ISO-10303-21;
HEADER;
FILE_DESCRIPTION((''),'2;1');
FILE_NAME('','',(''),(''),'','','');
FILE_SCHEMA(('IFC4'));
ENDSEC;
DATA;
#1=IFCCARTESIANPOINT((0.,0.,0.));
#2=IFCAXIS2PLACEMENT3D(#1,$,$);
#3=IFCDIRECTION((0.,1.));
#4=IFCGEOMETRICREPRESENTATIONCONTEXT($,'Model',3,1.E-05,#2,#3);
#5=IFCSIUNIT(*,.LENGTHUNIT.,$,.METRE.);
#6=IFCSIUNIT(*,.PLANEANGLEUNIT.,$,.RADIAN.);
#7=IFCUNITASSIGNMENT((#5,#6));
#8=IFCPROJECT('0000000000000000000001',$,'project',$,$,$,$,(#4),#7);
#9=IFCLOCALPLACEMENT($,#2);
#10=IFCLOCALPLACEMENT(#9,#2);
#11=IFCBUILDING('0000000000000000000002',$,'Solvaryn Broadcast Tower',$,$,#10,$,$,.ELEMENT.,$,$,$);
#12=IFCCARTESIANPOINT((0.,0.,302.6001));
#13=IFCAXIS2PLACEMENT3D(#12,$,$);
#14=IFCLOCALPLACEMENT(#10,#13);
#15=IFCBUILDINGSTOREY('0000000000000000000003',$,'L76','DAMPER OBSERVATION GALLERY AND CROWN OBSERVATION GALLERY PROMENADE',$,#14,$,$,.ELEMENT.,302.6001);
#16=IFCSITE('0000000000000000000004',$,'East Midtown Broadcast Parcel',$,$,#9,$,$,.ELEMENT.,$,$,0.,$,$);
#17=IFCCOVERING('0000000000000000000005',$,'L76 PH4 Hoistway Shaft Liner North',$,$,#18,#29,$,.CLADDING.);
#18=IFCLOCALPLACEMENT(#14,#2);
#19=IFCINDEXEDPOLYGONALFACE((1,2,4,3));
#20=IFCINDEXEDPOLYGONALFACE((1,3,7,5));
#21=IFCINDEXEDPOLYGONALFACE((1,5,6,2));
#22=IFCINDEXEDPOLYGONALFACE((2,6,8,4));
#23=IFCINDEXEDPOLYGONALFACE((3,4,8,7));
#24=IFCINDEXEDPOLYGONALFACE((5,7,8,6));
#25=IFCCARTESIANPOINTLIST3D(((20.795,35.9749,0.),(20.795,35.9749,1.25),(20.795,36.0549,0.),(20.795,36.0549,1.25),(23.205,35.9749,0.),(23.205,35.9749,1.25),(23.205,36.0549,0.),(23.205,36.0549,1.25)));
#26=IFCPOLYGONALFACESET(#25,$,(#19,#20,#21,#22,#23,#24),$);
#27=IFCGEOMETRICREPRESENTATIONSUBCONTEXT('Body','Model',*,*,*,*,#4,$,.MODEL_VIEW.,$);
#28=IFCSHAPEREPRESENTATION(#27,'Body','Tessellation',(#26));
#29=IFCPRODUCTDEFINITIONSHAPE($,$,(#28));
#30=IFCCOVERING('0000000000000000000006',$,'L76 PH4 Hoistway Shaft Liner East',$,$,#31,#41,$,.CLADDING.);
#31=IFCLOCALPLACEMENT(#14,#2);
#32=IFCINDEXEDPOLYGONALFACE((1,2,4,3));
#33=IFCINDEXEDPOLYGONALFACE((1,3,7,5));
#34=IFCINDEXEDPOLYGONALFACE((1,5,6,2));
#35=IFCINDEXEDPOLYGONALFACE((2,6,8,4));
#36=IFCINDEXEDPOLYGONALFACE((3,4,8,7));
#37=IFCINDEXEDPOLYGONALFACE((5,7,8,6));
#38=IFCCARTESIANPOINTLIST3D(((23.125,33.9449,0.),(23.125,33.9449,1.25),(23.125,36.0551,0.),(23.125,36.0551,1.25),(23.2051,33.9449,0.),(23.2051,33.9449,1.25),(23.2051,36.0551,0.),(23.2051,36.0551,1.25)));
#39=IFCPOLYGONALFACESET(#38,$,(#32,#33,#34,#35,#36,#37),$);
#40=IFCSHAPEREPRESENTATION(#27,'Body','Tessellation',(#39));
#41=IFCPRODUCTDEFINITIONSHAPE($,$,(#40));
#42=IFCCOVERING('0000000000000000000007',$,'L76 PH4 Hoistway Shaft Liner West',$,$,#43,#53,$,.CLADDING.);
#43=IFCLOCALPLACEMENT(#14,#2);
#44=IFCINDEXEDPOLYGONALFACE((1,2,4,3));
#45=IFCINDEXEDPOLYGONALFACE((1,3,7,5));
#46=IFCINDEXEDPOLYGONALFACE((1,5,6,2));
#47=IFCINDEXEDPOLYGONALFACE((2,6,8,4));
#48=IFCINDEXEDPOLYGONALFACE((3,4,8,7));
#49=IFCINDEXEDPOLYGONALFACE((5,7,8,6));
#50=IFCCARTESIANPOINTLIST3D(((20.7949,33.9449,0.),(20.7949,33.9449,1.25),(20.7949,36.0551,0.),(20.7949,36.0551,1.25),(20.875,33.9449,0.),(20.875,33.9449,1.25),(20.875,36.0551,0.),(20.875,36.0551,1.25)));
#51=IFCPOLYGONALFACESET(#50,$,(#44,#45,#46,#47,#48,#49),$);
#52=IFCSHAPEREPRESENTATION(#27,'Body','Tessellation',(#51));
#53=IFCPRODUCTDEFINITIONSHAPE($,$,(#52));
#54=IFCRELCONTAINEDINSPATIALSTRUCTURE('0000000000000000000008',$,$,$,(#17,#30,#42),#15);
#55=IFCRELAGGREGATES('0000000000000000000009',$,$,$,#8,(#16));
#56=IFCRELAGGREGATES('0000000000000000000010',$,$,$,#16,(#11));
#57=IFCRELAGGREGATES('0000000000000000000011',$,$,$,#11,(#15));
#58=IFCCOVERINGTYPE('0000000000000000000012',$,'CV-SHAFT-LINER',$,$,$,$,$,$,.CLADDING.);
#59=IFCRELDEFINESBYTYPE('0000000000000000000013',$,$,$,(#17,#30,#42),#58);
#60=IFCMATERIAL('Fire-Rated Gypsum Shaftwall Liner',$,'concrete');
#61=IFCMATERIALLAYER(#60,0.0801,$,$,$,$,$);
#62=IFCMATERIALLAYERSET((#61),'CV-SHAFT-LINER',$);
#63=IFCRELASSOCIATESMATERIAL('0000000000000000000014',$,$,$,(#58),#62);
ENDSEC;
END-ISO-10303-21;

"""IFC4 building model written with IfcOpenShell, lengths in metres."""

from ifc_helpers import new_model, si_unit, direction, frame, origin, origin_2d, place, context, subcontext, project, spatial, rectangle, extrude, material, layer, layer_set, type_object, element, save


model = new_model("IFC4")

# Units and contexts
model_context = context("Model", 3, precision=1e-05, world=origin(), true_north=direction((0.0, 1.0)))
body_context = subcontext(model_context, "Body", "Model", "MODEL_VIEW")
ifc_project = project(units=[si_unit("LENGTHUNIT", "METRE"), si_unit("PLANEANGLEUNIT", "RADIAN")], contexts=[model_context])

# Site, building, storey
site_placement = place(None, origin())
site = spatial("IfcSite", under=ifc_project, at=site_placement, Name="East Midtown Broadcast Parcel", CompositionType="ELEMENT", RefElevation=0.0)
building_placement = place(site_placement, origin())
building = spatial("IfcBuilding", under=site, at=building_placement, Name="Solvaryn Broadcast Tower", CompositionType="ELEMENT")
storey_placement = place(building_placement, frame((0.0, 0.0, 302.6001)))
storey = spatial("IfcBuildingStorey", under=building, at=storey_placement, Name="L76", Description="DAMPER OBSERVATION GALLERY AND CROWN OBSERVATION GALLERY PROMENADE", CompositionType="ELEMENT", Elevation=302.6001)

# Coverings
ifc_material_1 = material(Name="Fire-Rated Gypsum Shaftwall Liner", Category="concrete")
ifc_layer_1 = layer(ifc_material_1, 0.0801)
ifc_layer_set_1 = layer_set([ifc_layer_1], Name="CV-SHAFT-LINER")
covering_type = type_object("IfcCoveringType", Name="CV-SHAFT-LINER", PredefinedType="CLADDING", material=ifc_layer_set_1)
covering_1_placement = place(storey_placement, frame((22.0, 36.0149, 0.0), z_axis=(0.0, 0.0, 1.0), x_axis=(1.0, 0.0, 0.0)))
element("IfcCovering", 1, at=covering_1_placement, inside=storey, type_object=covering_type, Name="L76 PH4 Hoistway Shaft Liner North", PredefinedType="CLADDING", context=body_context, shape_type="SweptSolid", body=[
    extrude(rectangle(XDim=2.4099, YDim=0.0801, at=origin_2d()), origin(), (0.0, 0.0, 1.0), 1.25),
])
for number, where, z_axis, x_axis, name in (
    (2, (23.165, 35.0, 0.0), (0.0, 0.0, 1.0), (1.0, 0.0, 0.0), "L76 PH4 Hoistway Shaft Liner East"),
    (3, (20.835, 35.0, 0.0), (0.0, 0.0, 1.0), (1.0, 0.0, 0.0), "L76 PH4 Hoistway Shaft Liner West"),
):
    element("IfcCovering", number, at=place(storey_placement, frame(where, z_axis=z_axis, x_axis=x_axis)), inside=storey, type_object=covering_type, Name=name, PredefinedType="CLADDING", context=body_context, shape_type="SweptSolid", body=[
        extrude(rectangle(XDim=0.0801, YDim=2.1101, at=origin_2d()), origin(), (0.0, 0.0, 1.0), 1.25),
    ])

save(model, "model.ifc")
